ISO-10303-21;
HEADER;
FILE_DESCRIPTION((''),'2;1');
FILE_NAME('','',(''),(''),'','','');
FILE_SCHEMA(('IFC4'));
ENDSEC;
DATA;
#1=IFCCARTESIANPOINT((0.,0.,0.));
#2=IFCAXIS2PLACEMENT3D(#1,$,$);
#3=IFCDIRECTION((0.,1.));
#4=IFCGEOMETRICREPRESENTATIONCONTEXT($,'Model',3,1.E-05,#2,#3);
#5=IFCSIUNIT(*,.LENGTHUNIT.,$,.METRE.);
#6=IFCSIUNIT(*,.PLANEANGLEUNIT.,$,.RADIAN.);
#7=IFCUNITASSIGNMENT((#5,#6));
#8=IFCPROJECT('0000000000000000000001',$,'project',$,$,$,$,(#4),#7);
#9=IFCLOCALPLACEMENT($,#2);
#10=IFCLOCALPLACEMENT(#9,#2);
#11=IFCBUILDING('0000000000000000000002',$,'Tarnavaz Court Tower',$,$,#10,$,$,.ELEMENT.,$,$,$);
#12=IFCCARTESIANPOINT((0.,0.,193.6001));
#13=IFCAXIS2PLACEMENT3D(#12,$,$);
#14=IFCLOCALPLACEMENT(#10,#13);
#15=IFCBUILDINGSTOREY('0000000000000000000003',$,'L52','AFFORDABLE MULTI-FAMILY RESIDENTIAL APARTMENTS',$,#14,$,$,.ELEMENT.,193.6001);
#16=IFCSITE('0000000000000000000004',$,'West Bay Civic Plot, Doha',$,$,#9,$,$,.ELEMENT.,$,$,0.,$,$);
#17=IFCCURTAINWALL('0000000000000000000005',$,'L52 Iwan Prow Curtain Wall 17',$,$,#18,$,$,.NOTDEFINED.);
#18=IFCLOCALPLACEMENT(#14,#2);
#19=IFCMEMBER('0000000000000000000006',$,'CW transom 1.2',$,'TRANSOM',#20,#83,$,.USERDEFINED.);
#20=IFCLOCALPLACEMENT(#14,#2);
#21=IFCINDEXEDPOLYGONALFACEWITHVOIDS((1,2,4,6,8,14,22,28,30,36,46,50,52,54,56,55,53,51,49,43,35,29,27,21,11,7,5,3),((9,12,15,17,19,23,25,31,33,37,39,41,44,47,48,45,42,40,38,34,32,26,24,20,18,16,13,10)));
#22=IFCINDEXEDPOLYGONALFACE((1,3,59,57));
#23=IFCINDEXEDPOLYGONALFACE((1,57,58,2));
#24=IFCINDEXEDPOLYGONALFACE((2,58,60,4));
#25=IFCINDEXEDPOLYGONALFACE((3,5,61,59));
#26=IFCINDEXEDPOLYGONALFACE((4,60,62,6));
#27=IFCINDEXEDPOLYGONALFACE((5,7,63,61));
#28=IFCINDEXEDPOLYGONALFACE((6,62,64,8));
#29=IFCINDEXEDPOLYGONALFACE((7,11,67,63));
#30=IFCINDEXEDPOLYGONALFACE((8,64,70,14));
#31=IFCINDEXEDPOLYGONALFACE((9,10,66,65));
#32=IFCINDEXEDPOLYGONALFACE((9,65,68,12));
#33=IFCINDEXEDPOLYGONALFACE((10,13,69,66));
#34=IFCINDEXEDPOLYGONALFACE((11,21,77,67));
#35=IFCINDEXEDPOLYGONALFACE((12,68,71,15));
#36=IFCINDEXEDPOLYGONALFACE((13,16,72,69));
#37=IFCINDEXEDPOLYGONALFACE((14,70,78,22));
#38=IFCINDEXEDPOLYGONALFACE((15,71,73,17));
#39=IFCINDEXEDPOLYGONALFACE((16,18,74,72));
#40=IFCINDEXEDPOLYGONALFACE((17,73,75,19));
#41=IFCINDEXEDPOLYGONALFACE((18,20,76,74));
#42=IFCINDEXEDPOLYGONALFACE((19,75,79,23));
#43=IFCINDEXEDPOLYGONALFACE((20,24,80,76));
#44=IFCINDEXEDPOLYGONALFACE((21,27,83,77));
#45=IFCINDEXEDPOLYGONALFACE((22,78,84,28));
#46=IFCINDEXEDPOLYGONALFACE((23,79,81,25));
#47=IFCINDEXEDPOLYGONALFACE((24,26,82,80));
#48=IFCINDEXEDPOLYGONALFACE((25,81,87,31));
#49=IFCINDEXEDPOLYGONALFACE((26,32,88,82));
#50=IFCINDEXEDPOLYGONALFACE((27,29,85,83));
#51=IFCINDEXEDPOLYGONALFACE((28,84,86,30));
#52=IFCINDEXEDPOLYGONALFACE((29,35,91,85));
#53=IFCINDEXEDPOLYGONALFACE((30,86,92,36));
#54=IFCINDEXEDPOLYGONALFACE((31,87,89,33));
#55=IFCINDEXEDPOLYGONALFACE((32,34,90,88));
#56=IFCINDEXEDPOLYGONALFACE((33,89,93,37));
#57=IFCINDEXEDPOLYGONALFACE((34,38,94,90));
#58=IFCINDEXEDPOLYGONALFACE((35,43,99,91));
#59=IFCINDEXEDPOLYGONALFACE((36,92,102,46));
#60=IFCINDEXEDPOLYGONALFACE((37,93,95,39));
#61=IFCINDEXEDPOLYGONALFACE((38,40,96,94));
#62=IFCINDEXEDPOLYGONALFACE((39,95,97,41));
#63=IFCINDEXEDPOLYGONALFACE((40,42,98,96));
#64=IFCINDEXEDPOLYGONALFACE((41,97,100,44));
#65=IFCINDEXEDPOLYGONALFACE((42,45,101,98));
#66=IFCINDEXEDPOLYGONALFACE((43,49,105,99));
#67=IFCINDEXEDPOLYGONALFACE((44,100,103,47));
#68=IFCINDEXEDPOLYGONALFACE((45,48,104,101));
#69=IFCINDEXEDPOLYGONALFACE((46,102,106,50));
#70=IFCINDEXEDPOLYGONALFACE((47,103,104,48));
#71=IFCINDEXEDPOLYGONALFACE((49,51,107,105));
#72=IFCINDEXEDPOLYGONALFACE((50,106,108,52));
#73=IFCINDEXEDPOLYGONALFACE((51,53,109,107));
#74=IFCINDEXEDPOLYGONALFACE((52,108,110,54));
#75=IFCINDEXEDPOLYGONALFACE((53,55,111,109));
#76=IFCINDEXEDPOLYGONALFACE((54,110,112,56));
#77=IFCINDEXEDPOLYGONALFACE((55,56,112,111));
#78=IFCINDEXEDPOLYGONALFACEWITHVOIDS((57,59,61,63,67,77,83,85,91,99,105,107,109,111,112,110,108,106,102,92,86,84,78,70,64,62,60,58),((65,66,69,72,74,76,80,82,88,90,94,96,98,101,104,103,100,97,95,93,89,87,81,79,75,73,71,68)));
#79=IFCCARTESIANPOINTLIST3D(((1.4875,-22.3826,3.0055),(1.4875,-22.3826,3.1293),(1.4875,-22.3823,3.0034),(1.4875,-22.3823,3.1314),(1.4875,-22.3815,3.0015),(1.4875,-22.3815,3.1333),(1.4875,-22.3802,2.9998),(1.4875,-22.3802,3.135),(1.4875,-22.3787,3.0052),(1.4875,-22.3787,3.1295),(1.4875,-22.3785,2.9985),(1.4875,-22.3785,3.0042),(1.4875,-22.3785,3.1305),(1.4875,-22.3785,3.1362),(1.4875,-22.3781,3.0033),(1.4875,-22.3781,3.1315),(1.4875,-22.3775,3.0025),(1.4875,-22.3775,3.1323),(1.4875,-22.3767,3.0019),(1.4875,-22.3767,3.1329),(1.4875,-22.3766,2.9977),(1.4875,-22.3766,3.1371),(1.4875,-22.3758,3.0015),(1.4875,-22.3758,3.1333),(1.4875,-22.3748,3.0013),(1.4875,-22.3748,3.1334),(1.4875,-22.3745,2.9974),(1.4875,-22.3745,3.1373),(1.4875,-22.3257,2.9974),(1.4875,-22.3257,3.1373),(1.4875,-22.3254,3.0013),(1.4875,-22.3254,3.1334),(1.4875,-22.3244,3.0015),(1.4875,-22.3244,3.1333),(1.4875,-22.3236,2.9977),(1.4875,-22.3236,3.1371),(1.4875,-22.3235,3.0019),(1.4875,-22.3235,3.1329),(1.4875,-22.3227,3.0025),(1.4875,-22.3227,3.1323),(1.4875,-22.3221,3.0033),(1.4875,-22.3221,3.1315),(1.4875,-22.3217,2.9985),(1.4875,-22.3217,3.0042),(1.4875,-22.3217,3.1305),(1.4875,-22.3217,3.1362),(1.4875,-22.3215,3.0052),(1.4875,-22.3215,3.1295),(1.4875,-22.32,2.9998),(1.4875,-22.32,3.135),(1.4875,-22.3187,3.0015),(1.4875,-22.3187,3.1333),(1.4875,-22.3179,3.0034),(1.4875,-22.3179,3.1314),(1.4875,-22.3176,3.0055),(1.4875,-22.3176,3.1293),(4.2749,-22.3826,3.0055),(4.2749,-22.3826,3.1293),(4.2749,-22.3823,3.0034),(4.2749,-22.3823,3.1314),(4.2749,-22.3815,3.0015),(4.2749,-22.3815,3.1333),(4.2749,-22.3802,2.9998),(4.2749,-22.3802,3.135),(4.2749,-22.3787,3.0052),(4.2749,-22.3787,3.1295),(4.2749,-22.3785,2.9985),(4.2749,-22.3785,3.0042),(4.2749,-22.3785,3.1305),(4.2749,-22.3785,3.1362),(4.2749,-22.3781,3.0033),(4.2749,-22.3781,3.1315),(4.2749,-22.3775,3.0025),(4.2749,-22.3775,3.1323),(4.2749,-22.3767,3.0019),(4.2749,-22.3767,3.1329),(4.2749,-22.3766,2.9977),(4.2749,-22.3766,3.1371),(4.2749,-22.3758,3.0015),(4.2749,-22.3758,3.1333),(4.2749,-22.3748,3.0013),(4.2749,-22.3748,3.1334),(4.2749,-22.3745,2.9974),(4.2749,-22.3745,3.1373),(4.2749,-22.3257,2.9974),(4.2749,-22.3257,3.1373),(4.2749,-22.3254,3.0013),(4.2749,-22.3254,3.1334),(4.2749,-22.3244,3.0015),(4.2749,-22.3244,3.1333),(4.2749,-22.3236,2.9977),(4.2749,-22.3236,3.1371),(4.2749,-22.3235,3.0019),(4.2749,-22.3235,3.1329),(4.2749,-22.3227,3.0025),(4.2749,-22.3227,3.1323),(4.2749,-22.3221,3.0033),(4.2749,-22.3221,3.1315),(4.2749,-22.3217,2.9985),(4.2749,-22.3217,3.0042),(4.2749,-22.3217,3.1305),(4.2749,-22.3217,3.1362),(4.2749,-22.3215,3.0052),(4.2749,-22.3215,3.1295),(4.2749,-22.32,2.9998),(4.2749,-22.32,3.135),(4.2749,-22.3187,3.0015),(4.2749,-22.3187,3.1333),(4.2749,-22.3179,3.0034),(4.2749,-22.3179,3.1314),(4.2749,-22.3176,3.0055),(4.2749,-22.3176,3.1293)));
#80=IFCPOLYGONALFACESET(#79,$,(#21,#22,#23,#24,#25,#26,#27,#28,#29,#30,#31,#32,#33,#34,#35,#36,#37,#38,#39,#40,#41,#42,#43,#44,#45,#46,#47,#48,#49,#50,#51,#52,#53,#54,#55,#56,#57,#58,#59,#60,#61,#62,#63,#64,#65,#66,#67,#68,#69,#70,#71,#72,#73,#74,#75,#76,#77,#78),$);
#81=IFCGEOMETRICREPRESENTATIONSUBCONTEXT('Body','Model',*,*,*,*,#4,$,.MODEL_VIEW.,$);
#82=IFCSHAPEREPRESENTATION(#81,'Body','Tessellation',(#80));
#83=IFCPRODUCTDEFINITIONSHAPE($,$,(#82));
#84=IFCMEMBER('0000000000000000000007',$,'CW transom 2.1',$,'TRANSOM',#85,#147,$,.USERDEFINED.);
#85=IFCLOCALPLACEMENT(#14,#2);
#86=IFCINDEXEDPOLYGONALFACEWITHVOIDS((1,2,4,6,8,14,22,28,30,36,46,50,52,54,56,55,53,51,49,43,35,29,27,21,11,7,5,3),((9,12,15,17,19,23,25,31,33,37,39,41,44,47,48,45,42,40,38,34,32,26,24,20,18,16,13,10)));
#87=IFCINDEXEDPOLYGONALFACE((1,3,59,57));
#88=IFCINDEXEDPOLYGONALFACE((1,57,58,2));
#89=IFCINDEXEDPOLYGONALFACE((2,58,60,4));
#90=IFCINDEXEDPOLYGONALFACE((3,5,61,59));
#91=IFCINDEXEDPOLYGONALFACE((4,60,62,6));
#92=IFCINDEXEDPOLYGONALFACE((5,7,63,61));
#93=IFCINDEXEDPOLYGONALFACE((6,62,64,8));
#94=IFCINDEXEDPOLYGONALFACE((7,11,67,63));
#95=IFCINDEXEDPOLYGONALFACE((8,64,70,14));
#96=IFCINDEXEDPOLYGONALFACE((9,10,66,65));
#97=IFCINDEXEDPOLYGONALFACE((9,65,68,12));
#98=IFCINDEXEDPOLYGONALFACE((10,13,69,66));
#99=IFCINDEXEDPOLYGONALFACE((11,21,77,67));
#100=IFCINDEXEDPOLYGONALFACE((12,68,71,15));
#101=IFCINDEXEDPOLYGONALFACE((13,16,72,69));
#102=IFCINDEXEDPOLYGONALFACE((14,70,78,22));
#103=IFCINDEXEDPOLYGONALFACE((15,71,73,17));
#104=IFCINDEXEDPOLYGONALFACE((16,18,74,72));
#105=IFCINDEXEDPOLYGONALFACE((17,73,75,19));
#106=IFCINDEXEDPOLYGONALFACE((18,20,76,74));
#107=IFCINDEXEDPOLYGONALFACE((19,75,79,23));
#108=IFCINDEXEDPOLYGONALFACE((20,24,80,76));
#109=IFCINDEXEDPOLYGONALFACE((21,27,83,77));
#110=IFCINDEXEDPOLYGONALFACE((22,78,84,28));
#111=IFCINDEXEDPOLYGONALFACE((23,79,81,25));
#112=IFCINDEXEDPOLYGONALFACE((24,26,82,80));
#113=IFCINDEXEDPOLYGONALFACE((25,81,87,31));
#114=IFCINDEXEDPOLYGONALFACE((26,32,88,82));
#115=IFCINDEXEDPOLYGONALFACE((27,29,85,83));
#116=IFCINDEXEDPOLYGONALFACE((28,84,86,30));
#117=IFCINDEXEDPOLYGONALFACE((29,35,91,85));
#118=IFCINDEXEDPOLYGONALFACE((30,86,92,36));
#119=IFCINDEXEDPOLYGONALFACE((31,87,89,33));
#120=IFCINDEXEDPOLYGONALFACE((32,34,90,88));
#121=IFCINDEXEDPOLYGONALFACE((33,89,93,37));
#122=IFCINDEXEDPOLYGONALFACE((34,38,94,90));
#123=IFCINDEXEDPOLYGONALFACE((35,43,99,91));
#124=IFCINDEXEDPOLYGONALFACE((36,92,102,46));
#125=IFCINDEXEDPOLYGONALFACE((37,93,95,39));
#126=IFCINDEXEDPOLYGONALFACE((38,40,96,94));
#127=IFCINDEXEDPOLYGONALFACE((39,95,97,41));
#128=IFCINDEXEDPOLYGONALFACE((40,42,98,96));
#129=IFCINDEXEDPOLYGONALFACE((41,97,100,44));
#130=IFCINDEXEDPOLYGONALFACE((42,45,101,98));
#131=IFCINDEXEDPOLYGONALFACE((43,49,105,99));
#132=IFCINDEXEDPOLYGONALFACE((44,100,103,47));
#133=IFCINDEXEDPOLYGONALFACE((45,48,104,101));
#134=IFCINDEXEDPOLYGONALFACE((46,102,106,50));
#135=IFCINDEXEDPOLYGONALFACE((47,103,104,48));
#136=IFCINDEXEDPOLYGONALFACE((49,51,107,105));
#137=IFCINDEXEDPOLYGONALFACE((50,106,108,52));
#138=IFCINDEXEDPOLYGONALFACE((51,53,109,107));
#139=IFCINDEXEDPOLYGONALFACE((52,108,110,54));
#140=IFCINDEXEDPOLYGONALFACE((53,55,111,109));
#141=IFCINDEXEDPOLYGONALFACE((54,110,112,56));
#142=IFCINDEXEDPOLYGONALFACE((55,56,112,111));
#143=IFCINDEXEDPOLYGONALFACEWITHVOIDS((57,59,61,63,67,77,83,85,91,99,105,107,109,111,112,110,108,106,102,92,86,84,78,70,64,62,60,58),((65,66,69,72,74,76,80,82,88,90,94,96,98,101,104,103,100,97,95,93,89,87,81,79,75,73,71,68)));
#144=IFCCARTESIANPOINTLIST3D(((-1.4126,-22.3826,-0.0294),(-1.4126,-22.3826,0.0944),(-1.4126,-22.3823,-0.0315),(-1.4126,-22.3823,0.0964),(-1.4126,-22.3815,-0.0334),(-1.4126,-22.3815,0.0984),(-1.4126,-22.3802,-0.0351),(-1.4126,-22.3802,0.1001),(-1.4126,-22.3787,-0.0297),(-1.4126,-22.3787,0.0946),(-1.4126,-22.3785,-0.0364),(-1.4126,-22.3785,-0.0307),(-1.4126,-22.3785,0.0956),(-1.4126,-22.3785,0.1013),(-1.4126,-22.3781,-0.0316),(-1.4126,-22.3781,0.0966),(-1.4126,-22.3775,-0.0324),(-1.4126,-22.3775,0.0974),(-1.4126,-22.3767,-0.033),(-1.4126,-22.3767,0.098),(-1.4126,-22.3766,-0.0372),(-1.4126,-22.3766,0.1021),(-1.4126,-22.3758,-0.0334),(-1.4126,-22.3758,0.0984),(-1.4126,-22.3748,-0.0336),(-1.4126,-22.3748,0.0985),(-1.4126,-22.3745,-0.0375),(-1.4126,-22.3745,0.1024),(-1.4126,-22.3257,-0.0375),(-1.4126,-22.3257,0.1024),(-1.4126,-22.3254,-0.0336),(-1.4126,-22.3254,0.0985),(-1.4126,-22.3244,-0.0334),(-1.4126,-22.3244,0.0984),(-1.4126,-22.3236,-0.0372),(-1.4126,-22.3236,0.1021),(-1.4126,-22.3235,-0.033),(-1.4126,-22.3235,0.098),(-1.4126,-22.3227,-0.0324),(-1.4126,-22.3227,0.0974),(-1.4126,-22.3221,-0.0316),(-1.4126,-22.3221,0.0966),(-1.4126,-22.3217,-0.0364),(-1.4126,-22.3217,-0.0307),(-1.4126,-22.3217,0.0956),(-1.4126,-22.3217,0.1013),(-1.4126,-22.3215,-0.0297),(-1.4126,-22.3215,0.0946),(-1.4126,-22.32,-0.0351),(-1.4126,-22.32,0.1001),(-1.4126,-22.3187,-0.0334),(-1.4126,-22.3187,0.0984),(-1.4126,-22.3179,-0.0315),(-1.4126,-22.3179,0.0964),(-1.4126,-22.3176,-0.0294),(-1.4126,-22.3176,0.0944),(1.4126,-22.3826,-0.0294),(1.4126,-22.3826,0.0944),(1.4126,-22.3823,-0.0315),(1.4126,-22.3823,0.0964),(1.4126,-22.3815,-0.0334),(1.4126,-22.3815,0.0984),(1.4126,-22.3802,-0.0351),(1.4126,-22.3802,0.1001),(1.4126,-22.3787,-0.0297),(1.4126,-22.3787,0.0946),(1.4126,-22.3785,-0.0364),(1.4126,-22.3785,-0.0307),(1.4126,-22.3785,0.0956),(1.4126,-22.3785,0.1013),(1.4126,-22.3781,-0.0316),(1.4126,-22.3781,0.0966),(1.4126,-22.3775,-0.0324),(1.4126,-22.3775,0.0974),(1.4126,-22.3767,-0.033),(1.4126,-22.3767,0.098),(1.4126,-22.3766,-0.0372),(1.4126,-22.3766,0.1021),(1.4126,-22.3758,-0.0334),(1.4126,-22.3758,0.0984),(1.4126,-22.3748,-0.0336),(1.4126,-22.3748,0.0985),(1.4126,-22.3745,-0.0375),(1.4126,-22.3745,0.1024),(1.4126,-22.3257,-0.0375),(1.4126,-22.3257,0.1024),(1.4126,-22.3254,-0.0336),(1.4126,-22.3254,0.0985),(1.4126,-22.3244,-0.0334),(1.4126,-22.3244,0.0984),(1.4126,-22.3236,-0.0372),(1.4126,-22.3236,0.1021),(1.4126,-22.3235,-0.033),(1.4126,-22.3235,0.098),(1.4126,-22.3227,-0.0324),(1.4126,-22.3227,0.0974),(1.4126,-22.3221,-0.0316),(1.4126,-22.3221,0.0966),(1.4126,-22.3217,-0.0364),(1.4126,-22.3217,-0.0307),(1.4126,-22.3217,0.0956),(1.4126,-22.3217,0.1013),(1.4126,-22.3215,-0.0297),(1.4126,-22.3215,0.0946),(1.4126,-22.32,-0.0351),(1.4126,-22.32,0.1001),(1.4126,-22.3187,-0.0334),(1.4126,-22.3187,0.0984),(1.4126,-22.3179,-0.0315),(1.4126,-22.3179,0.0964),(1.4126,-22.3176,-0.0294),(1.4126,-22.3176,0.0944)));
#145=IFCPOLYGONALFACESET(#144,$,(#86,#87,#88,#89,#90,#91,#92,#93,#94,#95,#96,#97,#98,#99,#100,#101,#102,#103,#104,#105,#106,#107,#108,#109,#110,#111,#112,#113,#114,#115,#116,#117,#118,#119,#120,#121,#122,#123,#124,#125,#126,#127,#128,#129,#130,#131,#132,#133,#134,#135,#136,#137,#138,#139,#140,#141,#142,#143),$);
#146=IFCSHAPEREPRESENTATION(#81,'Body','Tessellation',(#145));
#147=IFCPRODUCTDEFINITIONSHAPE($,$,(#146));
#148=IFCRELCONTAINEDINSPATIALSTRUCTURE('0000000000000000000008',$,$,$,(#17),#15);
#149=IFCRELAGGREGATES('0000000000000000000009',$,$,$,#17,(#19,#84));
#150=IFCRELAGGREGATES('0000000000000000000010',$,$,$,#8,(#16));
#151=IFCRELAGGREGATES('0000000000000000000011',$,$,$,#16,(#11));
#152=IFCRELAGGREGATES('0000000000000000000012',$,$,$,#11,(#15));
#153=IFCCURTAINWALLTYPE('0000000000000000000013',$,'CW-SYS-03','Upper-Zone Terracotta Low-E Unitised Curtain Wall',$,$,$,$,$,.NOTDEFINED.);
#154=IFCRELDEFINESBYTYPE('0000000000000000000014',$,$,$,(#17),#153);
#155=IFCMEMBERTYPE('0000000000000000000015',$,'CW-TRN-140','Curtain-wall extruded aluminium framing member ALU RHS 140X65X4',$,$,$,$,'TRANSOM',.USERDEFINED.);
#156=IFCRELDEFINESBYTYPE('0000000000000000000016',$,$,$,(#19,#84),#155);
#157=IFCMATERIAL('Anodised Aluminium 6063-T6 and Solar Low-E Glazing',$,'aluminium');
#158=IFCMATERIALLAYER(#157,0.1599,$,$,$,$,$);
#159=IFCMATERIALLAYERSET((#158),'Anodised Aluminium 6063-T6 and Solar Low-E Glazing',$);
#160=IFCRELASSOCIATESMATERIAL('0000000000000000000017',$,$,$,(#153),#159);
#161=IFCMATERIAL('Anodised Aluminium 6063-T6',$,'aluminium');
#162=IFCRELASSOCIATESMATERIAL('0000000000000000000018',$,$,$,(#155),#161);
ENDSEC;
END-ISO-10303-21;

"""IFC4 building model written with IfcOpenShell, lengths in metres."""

from ifc_helpers import new_model, si_unit, direction, frame, origin, origin_2d, place, context, subcontext, project, spatial, hollow_rectangle, extrude, material, layer, layer_set, material_profile, profile_set, type_object, element, aggregate, save


model = new_model("IFC4")

# Units and contexts
model_context = context("Model", 3, precision=1e-05, world=origin(), true_north=direction((0.0, 1.0)))
body_context = subcontext(model_context, "Body", "Model", "MODEL_VIEW")
ifc_project = project(units=[si_unit("LENGTHUNIT", "METRE"), si_unit("PLANEANGLEUNIT", "RADIAN")], contexts=[model_context])

# Site, building, storey
site_placement = place(None, origin())
site = spatial("IfcSite", under=ifc_project, at=site_placement, Name="West Bay Civic Plot, Doha", CompositionType="ELEMENT", RefElevation=0.0)
building_placement = place(site_placement, origin())
building = spatial("IfcBuilding", under=site, at=building_placement, Name="Tarnavaz Court Tower", CompositionType="ELEMENT")
storey_placement = place(building_placement, frame((0.0, 0.0, 193.6001)))
storey = spatial("IfcBuildingStorey", under=building, at=storey_placement, Name="L52", Description="AFFORDABLE MULTI-FAMILY RESIDENTIAL APARTMENTS", CompositionType="ELEMENT", Elevation=193.6001)

# Curtain wall, members
ifc_material_1 = material(Name="Anodised Aluminium 6063-T6 and Solar Low-E Glazing", Category="aluminium")
ifc_layer_1 = layer(ifc_material_1, 0.1599)
ifc_layer_set_1 = layer_set([ifc_layer_1], Name="Anodised Aluminium 6063-T6 and Solar Low-E Glazing")
curtain_wall_type = type_object("IfcCurtainWallType", Name="CW-SYS-03", Description="Upper-Zone Terracotta Low-E Unitised Curtain Wall", PredefinedType="NOTDEFINED", material=ifc_layer_set_1)
curtain_wall_placement = place(storey_placement, origin())
curtain_wall = element("IfcCurtainWall", 1, at=curtain_wall_placement, inside=storey, type_object=curtain_wall_type, Name="L52 Iwan Prow Curtain Wall 17", PredefinedType="NOTDEFINED")
ifc_material_2 = material(Name="Anodised Aluminium 6063-T6", Category="aluminium")
ifc_material_profile_1 = material_profile(ifc_material_2, hollow_rectangle(XDim=0.0649, YDim=0.1399, WallThickness=0.0039, InnerFilletRadius=0.0039, OuterFilletRadius=0.0081, at=origin_2d()), Name="ALU RHS 140X65X4")
ifc_profile_set_1 = profile_set([ifc_material_profile_1], Name="Anodised Aluminium 6063-T6")
member_type_1 = type_object("IfcMemberType", Name="CW-TRN-140", Description="Curtain-wall extruded aluminium framing member ALU RHS 140X65X4", ElementType="TRANSOM", PredefinedType="USERDEFINED", material=ifc_profile_set_1)
member_1_placement = place(storey_placement, frame((4.2749, -22.3501, 3.0674), z_axis=(-1.0, 0.0, 0.0), x_axis=(0.0, -1.0, 0.0)))
member_1 = element("IfcMember", 2, at=member_1_placement, type_object=member_type_1, Name="CW transom 1.2", ObjectType="TRANSOM", PredefinedType="USERDEFINED", context=body_context, shape_type="SweptSolid", body=[
    extrude(hollow_rectangle(XDim=0.0649, YDim=0.1399, WallThickness=0.0039, InnerFilletRadius=0.0039, OuterFilletRadius=0.0081, at=origin_2d()), origin(), (0.0, 0.0, 1.0), 2.7874),
])
member_2_placement = place(storey_placement, frame((1.4126, -22.3501, 0.0325), z_axis=(-1.0, 0.0, 0.0), x_axis=(0.0, -1.0, 0.0)))
member_2 = element("IfcMember", 3, at=member_2_placement, type_object=member_type_1, Name="CW transom 2.1", ObjectType="TRANSOM", PredefinedType="USERDEFINED", context=body_context, shape_type="SweptSolid", body=[
    extrude(hollow_rectangle(XDim=0.0649, YDim=0.1399, WallThickness=0.0039, InnerFilletRadius=0.0039, OuterFilletRadius=0.0081, at=origin_2d()), origin(), (0.0, 0.0, 1.0), 2.8252),
])
aggregate(curtain_wall, [member_1, member_2])

save(model, "model.ifc")
